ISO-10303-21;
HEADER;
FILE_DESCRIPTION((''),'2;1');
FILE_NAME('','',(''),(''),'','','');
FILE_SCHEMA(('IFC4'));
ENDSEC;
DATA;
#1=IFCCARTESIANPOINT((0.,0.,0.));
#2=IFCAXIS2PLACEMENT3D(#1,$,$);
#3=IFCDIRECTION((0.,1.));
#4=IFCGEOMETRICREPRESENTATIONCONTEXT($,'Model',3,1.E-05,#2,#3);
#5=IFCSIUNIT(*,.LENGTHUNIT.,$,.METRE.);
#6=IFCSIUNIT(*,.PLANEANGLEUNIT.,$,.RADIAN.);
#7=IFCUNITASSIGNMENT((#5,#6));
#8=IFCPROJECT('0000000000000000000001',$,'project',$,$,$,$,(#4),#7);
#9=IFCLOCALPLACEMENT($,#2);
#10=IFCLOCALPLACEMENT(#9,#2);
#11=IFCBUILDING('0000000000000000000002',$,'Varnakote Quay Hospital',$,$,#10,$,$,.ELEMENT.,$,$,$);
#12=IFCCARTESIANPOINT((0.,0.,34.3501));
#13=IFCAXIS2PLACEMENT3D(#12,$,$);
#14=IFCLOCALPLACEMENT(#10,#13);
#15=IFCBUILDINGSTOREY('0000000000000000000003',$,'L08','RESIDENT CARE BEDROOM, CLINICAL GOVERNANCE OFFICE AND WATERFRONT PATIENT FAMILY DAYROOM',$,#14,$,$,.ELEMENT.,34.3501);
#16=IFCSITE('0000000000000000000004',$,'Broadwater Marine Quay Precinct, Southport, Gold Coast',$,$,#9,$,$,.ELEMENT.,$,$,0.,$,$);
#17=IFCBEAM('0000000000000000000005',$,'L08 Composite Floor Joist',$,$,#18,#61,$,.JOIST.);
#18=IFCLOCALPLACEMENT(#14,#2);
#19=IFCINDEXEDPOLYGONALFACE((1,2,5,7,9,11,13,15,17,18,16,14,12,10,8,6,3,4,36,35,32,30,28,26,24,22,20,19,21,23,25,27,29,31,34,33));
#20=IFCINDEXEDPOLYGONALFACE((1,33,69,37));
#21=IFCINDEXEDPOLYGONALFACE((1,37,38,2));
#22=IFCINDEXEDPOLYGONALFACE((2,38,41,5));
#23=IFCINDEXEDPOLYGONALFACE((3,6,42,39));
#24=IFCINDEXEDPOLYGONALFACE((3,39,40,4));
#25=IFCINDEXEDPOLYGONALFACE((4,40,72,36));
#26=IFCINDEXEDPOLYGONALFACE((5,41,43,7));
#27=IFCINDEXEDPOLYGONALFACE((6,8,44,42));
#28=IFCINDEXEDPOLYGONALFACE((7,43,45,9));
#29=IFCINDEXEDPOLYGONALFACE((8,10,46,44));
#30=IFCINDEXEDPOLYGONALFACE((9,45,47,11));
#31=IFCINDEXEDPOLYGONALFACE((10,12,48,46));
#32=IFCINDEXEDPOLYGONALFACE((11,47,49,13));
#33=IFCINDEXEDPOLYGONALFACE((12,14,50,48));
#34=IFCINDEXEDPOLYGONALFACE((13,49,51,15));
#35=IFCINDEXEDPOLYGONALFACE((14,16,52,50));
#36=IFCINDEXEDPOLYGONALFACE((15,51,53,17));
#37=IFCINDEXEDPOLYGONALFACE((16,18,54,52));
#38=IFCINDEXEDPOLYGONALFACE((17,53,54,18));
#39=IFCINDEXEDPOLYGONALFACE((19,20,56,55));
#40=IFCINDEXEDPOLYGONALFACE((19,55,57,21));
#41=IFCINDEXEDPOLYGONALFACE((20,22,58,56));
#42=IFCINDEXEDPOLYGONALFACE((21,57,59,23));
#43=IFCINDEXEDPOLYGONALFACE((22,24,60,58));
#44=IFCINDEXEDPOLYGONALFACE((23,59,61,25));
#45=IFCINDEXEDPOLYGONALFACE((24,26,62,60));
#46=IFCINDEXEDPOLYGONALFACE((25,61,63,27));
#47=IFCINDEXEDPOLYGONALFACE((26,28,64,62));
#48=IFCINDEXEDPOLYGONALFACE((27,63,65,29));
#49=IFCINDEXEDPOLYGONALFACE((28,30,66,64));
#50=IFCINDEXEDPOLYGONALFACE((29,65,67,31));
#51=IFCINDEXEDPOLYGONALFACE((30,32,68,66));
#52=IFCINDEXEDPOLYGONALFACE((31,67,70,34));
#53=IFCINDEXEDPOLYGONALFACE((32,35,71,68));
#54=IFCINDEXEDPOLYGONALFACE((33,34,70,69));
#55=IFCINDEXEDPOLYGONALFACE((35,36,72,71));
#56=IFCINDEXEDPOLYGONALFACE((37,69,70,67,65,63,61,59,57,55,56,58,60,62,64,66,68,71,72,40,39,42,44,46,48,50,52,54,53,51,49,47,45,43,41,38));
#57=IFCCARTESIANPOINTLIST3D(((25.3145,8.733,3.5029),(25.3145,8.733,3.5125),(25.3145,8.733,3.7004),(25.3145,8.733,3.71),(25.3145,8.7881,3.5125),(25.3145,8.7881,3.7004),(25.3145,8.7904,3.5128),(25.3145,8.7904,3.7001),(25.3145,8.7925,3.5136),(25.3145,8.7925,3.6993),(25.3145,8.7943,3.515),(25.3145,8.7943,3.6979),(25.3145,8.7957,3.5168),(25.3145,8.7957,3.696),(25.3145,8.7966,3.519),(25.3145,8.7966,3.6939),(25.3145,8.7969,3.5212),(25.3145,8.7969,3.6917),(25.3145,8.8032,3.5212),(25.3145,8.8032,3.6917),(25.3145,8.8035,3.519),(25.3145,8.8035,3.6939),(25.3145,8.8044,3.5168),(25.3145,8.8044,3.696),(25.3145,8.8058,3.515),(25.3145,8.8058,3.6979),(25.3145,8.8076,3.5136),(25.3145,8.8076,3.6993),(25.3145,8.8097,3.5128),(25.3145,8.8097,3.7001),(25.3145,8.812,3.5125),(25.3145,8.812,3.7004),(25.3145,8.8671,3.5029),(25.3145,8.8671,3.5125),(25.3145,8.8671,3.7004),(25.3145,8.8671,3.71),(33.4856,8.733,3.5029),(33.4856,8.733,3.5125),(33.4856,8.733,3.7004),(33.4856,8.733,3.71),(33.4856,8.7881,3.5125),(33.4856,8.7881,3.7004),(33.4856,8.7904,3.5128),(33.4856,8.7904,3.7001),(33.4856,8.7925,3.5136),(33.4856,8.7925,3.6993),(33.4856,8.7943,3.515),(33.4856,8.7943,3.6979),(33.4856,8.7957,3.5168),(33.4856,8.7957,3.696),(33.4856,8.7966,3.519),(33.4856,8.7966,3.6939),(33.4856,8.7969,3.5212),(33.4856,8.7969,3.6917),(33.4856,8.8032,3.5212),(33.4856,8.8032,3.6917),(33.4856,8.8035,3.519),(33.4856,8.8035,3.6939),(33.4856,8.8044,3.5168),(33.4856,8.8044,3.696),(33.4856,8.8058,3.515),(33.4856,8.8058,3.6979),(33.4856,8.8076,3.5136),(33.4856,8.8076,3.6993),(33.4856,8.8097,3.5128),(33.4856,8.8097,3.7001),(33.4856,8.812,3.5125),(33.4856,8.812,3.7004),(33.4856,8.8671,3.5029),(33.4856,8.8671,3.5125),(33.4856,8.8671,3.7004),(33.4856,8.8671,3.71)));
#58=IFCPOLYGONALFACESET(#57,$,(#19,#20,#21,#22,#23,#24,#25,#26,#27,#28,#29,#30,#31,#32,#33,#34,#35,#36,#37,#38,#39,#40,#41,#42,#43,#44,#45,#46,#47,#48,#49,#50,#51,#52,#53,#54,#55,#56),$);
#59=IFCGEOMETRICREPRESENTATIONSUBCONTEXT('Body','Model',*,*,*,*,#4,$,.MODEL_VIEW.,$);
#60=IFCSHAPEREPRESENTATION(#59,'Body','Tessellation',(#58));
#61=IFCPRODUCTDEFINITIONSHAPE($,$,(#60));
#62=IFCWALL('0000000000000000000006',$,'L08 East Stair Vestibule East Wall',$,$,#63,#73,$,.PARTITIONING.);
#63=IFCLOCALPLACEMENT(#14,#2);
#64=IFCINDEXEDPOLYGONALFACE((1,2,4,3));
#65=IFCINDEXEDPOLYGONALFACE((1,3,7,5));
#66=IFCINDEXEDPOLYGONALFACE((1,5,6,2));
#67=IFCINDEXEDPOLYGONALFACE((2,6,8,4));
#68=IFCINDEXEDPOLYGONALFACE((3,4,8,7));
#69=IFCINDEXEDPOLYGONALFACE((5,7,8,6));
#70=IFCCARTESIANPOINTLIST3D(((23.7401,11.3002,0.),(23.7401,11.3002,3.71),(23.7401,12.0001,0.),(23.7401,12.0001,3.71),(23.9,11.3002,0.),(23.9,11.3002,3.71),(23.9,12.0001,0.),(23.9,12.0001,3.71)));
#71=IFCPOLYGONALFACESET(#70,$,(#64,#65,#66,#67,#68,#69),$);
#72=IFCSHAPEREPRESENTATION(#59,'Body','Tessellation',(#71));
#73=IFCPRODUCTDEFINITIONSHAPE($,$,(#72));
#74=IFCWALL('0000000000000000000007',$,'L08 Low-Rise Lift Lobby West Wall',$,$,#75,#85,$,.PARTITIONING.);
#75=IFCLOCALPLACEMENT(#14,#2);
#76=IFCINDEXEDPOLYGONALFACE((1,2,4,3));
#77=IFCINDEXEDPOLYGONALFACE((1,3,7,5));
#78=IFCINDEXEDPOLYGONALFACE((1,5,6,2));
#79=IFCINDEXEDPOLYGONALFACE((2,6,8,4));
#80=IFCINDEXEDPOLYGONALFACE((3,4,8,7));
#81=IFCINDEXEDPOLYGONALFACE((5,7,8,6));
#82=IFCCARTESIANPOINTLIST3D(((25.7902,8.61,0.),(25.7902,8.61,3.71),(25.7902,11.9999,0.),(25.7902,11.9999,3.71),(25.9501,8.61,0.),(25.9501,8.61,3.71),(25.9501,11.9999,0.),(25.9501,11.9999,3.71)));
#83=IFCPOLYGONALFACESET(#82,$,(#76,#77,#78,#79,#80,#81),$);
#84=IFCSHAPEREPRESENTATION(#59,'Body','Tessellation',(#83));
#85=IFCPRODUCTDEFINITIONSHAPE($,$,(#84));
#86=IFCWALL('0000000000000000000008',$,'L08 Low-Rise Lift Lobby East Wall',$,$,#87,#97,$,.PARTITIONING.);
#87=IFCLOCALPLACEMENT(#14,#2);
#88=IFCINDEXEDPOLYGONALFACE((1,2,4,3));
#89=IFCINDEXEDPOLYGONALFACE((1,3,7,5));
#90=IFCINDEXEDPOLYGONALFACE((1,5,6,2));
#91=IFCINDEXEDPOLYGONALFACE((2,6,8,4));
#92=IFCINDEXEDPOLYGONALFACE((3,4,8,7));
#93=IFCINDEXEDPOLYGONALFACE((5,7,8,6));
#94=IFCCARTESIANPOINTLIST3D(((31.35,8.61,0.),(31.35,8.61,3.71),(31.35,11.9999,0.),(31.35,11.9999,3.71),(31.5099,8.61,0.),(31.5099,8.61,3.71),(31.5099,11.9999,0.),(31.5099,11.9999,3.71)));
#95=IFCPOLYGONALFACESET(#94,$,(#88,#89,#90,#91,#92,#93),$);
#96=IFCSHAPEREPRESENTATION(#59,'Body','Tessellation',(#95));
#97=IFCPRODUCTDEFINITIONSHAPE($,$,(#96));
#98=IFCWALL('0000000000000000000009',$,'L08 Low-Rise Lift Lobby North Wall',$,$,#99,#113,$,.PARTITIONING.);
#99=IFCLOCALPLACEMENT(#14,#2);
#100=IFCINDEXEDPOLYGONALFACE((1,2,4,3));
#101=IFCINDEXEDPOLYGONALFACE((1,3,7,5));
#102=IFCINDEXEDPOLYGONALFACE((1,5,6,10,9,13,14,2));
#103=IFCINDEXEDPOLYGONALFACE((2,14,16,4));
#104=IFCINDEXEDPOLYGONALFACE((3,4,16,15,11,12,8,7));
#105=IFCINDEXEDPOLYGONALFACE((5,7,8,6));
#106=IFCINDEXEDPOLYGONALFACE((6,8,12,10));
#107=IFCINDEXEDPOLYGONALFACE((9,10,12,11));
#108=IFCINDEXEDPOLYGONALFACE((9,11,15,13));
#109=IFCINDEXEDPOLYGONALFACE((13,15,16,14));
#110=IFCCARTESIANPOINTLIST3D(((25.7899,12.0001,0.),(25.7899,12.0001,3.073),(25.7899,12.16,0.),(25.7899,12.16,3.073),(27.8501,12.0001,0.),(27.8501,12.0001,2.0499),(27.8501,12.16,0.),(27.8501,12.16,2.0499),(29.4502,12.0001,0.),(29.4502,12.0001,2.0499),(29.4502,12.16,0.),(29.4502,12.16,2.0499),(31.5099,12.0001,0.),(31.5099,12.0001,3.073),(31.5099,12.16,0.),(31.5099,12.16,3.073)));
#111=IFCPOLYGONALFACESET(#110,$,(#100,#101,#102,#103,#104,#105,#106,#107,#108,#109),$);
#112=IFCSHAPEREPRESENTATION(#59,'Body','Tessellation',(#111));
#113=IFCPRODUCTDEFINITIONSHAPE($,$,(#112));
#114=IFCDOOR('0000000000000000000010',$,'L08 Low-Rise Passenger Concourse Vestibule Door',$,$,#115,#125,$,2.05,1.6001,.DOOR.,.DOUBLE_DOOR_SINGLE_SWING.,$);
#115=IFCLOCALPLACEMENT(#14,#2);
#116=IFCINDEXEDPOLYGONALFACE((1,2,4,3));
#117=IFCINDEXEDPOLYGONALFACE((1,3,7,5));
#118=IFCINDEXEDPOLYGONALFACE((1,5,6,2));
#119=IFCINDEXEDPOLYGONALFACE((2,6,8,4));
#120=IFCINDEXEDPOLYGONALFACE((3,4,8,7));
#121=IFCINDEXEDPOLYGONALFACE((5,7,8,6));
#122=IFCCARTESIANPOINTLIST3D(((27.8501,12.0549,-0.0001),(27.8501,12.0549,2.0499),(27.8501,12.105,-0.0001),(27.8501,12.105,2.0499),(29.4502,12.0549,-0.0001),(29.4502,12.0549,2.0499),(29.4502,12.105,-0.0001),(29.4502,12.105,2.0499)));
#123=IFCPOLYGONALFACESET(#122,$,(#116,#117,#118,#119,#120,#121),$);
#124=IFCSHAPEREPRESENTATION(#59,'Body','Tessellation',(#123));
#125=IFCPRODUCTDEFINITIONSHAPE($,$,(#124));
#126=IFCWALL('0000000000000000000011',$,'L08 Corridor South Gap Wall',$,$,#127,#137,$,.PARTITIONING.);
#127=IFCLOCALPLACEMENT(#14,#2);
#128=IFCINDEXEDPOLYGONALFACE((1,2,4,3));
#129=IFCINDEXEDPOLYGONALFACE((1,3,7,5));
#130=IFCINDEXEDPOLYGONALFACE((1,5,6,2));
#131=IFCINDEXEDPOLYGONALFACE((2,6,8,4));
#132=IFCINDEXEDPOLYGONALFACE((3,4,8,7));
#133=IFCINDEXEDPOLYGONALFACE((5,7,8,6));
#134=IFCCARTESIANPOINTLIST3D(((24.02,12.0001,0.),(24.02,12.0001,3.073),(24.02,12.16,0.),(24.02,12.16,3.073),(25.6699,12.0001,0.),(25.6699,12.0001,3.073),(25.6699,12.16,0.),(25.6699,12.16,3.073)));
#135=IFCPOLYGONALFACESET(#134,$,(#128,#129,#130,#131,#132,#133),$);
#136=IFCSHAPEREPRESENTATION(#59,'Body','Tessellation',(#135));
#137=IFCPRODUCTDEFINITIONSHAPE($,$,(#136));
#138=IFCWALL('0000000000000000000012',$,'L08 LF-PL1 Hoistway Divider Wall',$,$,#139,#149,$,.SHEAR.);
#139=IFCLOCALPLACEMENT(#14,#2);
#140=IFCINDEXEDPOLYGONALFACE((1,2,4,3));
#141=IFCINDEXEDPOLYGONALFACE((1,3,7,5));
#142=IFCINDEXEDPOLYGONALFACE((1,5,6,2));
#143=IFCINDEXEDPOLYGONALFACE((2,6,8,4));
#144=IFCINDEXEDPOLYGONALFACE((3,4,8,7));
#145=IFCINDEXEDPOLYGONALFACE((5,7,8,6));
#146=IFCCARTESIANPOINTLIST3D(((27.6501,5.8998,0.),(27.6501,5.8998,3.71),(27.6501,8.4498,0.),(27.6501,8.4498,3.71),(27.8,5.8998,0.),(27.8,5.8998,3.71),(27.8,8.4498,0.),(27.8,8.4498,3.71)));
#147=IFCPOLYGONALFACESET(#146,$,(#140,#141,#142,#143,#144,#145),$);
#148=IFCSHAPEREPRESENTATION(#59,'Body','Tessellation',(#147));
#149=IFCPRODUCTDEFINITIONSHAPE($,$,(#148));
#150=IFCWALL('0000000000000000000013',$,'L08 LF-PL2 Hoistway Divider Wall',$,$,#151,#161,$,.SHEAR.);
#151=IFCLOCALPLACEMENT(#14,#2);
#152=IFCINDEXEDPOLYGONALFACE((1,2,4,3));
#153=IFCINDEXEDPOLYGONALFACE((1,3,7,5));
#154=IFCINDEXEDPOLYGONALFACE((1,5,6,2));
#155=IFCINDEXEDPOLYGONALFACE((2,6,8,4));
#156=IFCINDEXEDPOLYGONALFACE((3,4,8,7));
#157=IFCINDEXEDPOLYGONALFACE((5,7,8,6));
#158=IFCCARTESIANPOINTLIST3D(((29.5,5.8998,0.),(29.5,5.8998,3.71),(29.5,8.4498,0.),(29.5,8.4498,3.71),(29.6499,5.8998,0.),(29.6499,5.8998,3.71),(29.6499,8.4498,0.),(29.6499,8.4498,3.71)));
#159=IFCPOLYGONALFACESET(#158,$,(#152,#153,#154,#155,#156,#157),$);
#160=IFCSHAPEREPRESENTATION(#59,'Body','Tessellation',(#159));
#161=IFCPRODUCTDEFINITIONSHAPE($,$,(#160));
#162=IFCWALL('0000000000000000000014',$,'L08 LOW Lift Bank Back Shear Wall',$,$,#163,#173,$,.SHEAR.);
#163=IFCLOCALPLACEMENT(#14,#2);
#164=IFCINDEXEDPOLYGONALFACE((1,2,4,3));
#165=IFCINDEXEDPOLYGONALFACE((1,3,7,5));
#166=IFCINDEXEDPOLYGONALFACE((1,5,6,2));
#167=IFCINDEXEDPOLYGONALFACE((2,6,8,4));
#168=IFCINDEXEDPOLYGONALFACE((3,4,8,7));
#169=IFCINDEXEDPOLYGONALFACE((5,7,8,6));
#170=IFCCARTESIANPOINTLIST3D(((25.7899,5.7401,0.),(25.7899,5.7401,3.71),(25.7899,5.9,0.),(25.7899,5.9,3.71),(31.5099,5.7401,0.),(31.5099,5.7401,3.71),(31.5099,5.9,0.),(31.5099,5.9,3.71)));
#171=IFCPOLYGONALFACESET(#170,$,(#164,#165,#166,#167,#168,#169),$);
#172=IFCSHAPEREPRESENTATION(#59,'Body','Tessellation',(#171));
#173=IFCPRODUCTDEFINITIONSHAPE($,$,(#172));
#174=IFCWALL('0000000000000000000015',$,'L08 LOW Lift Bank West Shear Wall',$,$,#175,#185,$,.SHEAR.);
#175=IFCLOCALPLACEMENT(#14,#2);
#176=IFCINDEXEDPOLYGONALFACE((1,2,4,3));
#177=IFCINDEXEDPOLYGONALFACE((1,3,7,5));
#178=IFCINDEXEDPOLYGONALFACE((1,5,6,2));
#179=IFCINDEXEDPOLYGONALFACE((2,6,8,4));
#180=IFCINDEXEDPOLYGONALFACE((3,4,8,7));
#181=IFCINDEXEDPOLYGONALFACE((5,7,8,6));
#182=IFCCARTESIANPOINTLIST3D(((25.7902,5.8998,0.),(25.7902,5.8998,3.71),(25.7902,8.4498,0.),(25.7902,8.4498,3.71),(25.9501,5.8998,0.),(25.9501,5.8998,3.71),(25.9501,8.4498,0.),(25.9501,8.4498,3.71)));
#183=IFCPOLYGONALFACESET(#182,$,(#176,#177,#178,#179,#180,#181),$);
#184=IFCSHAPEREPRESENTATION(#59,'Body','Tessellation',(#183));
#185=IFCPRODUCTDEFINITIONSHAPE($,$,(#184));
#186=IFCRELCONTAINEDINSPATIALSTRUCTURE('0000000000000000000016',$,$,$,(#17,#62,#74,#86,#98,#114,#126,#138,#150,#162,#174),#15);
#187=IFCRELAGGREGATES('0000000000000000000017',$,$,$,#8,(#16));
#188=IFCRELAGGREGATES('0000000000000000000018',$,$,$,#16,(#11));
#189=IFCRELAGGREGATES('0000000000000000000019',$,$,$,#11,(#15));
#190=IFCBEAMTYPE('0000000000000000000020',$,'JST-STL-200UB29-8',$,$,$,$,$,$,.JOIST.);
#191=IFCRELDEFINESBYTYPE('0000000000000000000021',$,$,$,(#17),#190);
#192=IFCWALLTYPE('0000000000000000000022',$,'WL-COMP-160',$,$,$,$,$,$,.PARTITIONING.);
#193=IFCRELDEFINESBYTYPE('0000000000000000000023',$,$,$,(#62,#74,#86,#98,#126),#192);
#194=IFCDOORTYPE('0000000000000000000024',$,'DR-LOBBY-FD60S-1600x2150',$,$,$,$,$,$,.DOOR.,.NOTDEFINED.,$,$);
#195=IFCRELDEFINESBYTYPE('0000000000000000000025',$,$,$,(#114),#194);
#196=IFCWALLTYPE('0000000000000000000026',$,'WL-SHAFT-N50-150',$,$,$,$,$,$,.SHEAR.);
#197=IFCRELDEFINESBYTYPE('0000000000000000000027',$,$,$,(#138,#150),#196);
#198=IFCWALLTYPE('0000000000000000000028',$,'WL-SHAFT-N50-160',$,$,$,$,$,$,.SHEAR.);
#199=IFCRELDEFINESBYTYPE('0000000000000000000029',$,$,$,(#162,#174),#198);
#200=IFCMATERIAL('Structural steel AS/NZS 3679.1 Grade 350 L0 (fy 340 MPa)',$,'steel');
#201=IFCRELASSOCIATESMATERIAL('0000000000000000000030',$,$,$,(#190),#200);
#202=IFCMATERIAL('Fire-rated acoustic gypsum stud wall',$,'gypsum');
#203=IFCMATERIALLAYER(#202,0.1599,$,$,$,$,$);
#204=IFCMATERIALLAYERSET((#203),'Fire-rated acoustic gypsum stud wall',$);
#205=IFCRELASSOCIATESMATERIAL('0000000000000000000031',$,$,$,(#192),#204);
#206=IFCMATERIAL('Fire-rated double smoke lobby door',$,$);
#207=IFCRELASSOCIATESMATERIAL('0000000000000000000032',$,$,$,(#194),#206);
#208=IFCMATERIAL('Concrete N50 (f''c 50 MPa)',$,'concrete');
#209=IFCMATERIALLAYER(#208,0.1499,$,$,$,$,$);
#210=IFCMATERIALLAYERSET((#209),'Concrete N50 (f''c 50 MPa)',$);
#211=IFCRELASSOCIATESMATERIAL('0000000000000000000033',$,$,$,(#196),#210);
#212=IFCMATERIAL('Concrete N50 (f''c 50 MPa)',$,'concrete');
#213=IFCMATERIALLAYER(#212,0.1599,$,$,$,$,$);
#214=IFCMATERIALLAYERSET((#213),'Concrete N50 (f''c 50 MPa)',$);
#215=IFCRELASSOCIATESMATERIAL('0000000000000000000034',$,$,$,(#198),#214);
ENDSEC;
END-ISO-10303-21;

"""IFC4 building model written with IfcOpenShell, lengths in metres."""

from ifc_helpers import new_model, si_unit, direction, frame, frame_2d, origin, origin_2d, place, context, subcontext, project, spatial, rectangle, i_section, extrude, material, layer, layer_set, material_profile, profile_set, type_object, element, fill, save


model = new_model("IFC4")

# Units and contexts
model_context = context("Model", 3, precision=1e-05, world=origin(), true_north=direction((0.0, 1.0)))
body_context = subcontext(model_context, "Body", "Model", "MODEL_VIEW")
ifc_project = project(units=[si_unit("LENGTHUNIT", "METRE"), si_unit("PLANEANGLEUNIT", "RADIAN")], contexts=[model_context])

# Site, building, storey
site_placement = place(None, origin())
site = spatial("IfcSite", under=ifc_project, at=site_placement, Name="Broadwater Marine Quay Precinct, Southport, Gold Coast", CompositionType="ELEMENT", RefElevation=0.0)
building_placement = place(site_placement, origin())
building = spatial("IfcBuilding", under=site, at=building_placement, Name="Varnakote Quay Hospital", CompositionType="ELEMENT")
storey_placement = place(building_placement, frame((0.0, 0.0, 34.3501)))
storey = spatial("IfcBuildingStorey", under=building, at=storey_placement, Name="L08", Description="RESIDENT CARE BEDROOM, CLINICAL GOVERNANCE OFFICE AND WATERFRONT PATIENT FAMILY DAYROOM", CompositionType="ELEMENT", Elevation=34.3501)

# Beam
ifc_material_1 = material(Name="Structural steel AS/NZS 3679.1 Grade 350 L0 (fy 340 MPa)", Category="steel")
ifc_material_profile_1 = material_profile(ifc_material_1, i_section(OverallWidth=0.134, OverallDepth=0.207, WebThickness=0.0063, FlangeThickness=0.0095, FilletRadius=0.0088, at=origin_2d()), Name="200UB29.8")
ifc_profile_set_1 = profile_set([ifc_material_profile_1], Name="Structural steel AS/NZS 3679.1 Grade 350 L0 (fy 340 MPa)")
beam_type_1 = type_object("IfcBeamType", Name="JST-STL-200UB29-8", PredefinedType="JOIST", material=ifc_profile_set_1)
beam_1_placement = place(storey_placement, frame((25.3145, 8.8, 3.6064), z_axis=(1.0, 0.0, 0.0), x_axis=(0.0, 1.0, 0.0)))
element("IfcBeam", 1, at=beam_1_placement, inside=storey, type_object=beam_type_1, Name="L08 Composite Floor Joist", PredefinedType="JOIST", context=body_context, shape_type="SweptSolid", body=[
    extrude(i_section(OverallWidth=0.134, OverallDepth=0.207, WebThickness=0.0063, FlangeThickness=0.0095, FilletRadius=0.0088, at=origin_2d()), origin(), (0.0, 0.0, 1.0), 8.1711),
])

# Walls
ifc_material_2 = material(Name="Fire-rated acoustic gypsum stud wall", Category="gypsum")
ifc_layer_1 = layer(ifc_material_2, 0.1599)
ifc_layer_set_1 = layer_set([ifc_layer_1], Name="Fire-rated acoustic gypsum stud wall")
wall_type_1 = type_object("IfcWallType", Name="WL-COMP-160", PredefinedType="PARTITIONING", material=ifc_layer_set_1)
wall_1_placement = place(storey_placement, frame((23.8201, 11.3, 0.0), z_axis=(0.0, 0.0, 1.0), x_axis=(0.0, 1.0, 0.0)))
element("IfcWall", 2, at=wall_1_placement, inside=storey, type_object=wall_type_1, Name="L08 East Stair Vestibule East Wall", PredefinedType="PARTITIONING", context=body_context, shape_type="SweptSolid", body=[
    extrude(rectangle(XDim=0.7, YDim=0.1599, at=frame_2d((0.3501, 0.0))), origin(), (0.0, 0.0, 1.0), 3.71),
])
for number, where, z_axis, x_axis, name in (
    (3, (25.8701, 8.6101, 0.0), (0.0, 0.0, 1.0), (0.0, 1.0, 0.0), "L08 Low-Rise Lift Lobby West Wall"),
    (4, (31.4299, 8.6101, 0.0), (0.0, 0.0, 1.0), (0.0, 1.0, 0.0), "L08 Low-Rise Lift Lobby East Wall"),
):
    element("IfcWall", number, at=place(storey_placement, frame(where, z_axis=z_axis, x_axis=x_axis)), inside=storey, type_object=wall_type_1, Name=name, PredefinedType="PARTITIONING", context=body_context, shape_type="SweptSolid", body=[
        extrude(rectangle(XDim=3.3899, YDim=0.1599, at=frame_2d((1.6948, 0.0))), origin(), (0.0, 0.0, 1.0), 3.71),
    ])

# Wall, opening, door
wall_2_placement = place(storey_placement, frame((25.79, 12.0801, 0.0), z_axis=(0.0, 0.0, 1.0), x_axis=(1.0, 0.0, 0.0)))
wall_2 = element("IfcWall", 5, at=wall_2_placement, inside=storey, type_object=wall_type_1, Name="L08 Low-Rise Lift Lobby North Wall", PredefinedType="PARTITIONING", context=body_context, shape_type="SweptSolid", body=[
    extrude(rectangle(XDim=5.72, YDim=0.1599, at=frame_2d((2.8599, 0.0))), origin(), (0.0, 0.0, 1.0), 3.073),
])
opening_1_placement = place(wall_2_placement, frame((2.0601, 0.0, 0.0)))
opening_1 = element("IfcOpeningElement", 6, at=opening_1_placement, cuts=wall_2, PredefinedType="OPENING", context=body_context, shape_type="SweptSolid", body=[
    extrude(rectangle(XDim=1.6001, YDim=2.05, at=frame_2d((0.8, 1.0249))), frame((0.0, 0.0898, 0.0), z_axis=(0.0, -1.0, 0.0), x_axis=(1.0, 0.0, 0.0)), (0.0, 0.0, 1.0), 0.1799),
])
ifc_material_3 = material(Name="Fire-rated double smoke lobby door")
door_type_1 = type_object("IfcDoorType", Name="DR-LOBBY-FD60S-1600x2150", OperationType="NOTDEFINED", PredefinedType="DOOR", material=ifc_material_3)
door_1_placement = place(opening_1_placement, origin())
door_1 = element("IfcDoor", 7, at=door_1_placement, inside=storey, type_object=door_type_1, Name="L08 Low-Rise Passenger Concourse Vestibule Door", OperationType="DOUBLE_DOOR_SINGLE_SWING", OverallHeight=2.05, OverallWidth=1.6001, PredefinedType="DOOR", context=body_context, shape_type="SweptSolid", body=[
    extrude(rectangle(XDim=1.6001, YDim=2.05, at=frame_2d((0.8, 1.0249))), frame((0.0, 0.0249, 0.0), z_axis=(0.0, -1.0, 0.0), x_axis=(1.0, 0.0, 0.0)), (0.0, 0.0, 1.0), 0.05),
])
fill(opening_1, door_1)

# Walls
wall_3_placement = place(storey_placement, frame((24.02, 12.0801, 0.0), z_axis=(0.0, 0.0, 1.0), x_axis=(1.0, 0.0, 0.0)))
element("IfcWall", 8, at=wall_3_placement, inside=storey, type_object=wall_type_1, Name="L08 Corridor South Gap Wall", PredefinedType="PARTITIONING", context=body_context, shape_type="SweptSolid", body=[
    extrude(rectangle(XDim=1.6499, YDim=0.1599, at=frame_2d((0.825, 0.0))), origin(), (0.0, 0.0, 1.0), 3.073),
])
ifc_material_4 = material(Name="Concrete N50 (f'c 50 MPa)", Category="concrete")
ifc_layer_2 = layer(ifc_material_4, 0.1499)
ifc_layer_set_2 = layer_set([ifc_layer_2], Name="Concrete N50 (f'c 50 MPa)")
wall_type_2 = type_object("IfcWallType", Name="WL-SHAFT-N50-150", PredefinedType="SHEAR", material=ifc_layer_set_2)
for number, where, z_axis, x_axis, name in (
    (9, (27.7251, 5.8999, 0.0), (0.0, 0.0, 1.0), (0.0, 1.0, 0.0), "L08 LF-PL1 Hoistway Divider Wall"),
    (10, (29.575, 5.8999, 0.0), (0.0, 0.0, 1.0), (0.0, 1.0, 0.0), "L08 LF-PL2 Hoistway Divider Wall"),
):
    element("IfcWall", number, at=place(storey_placement, frame(where, z_axis=z_axis, x_axis=x_axis)), inside=storey, type_object=wall_type_2, Name=name, PredefinedType="SHEAR", context=body_context, shape_type="SweptSolid", body=[
        extrude(rectangle(XDim=2.55, YDim=0.1499, at=frame_2d((1.2749, 0.0))), origin(), (0.0, 0.0, 1.0), 3.71),
    ])
ifc_material_5 = material(Name="Concrete N50 (f'c 50 MPa)", Category="concrete")
ifc_layer_3 = layer(ifc_material_5, 0.1599)
ifc_layer_set_3 = layer_set([ifc_layer_3], Name="Concrete N50 (f'c 50 MPa)")
wall_type_3 = type_object("IfcWallType", Name="WL-SHAFT-N50-160", PredefinedType="SHEAR", material=ifc_layer_set_3)
wall_4_placement = place(storey_placement, frame((25.79, 5.8201, 0.0), z_axis=(0.0, 0.0, 1.0), x_axis=(1.0, 0.0, 0.0)))
element("IfcWall", 11, at=wall_4_placement, inside=storey, type_object=wall_type_3, Name="L08 LOW Lift Bank Back Shear Wall", PredefinedType="SHEAR", context=body_context, shape_type="SweptSolid", body=[
    extrude(rectangle(XDim=5.72, YDim=0.1599, at=frame_2d((2.8599, 0.0))), origin(), (0.0, 0.0, 1.0), 3.71),
])
for number, where, z_axis, x_axis, name in (
    (12, (25.8701, 5.8999, 0.0), (0.0, 0.0, 1.0), (0.0, 1.0, 0.0), "L08 LOW Lift Bank West Shear Wall"),
):
    element("IfcWall", number, at=place(storey_placement, frame(where, z_axis=z_axis, x_axis=x_axis)), inside=storey, type_object=wall_type_3, Name=name, PredefinedType="SHEAR", context=body_context, shape_type="SweptSolid", body=[
        extrude(rectangle(XDim=2.55, YDim=0.1599, at=frame_2d((1.2749, 0.0))), origin(), (0.0, 0.0, 1.0), 3.71),
    ])

save(model, "model.ifc")
